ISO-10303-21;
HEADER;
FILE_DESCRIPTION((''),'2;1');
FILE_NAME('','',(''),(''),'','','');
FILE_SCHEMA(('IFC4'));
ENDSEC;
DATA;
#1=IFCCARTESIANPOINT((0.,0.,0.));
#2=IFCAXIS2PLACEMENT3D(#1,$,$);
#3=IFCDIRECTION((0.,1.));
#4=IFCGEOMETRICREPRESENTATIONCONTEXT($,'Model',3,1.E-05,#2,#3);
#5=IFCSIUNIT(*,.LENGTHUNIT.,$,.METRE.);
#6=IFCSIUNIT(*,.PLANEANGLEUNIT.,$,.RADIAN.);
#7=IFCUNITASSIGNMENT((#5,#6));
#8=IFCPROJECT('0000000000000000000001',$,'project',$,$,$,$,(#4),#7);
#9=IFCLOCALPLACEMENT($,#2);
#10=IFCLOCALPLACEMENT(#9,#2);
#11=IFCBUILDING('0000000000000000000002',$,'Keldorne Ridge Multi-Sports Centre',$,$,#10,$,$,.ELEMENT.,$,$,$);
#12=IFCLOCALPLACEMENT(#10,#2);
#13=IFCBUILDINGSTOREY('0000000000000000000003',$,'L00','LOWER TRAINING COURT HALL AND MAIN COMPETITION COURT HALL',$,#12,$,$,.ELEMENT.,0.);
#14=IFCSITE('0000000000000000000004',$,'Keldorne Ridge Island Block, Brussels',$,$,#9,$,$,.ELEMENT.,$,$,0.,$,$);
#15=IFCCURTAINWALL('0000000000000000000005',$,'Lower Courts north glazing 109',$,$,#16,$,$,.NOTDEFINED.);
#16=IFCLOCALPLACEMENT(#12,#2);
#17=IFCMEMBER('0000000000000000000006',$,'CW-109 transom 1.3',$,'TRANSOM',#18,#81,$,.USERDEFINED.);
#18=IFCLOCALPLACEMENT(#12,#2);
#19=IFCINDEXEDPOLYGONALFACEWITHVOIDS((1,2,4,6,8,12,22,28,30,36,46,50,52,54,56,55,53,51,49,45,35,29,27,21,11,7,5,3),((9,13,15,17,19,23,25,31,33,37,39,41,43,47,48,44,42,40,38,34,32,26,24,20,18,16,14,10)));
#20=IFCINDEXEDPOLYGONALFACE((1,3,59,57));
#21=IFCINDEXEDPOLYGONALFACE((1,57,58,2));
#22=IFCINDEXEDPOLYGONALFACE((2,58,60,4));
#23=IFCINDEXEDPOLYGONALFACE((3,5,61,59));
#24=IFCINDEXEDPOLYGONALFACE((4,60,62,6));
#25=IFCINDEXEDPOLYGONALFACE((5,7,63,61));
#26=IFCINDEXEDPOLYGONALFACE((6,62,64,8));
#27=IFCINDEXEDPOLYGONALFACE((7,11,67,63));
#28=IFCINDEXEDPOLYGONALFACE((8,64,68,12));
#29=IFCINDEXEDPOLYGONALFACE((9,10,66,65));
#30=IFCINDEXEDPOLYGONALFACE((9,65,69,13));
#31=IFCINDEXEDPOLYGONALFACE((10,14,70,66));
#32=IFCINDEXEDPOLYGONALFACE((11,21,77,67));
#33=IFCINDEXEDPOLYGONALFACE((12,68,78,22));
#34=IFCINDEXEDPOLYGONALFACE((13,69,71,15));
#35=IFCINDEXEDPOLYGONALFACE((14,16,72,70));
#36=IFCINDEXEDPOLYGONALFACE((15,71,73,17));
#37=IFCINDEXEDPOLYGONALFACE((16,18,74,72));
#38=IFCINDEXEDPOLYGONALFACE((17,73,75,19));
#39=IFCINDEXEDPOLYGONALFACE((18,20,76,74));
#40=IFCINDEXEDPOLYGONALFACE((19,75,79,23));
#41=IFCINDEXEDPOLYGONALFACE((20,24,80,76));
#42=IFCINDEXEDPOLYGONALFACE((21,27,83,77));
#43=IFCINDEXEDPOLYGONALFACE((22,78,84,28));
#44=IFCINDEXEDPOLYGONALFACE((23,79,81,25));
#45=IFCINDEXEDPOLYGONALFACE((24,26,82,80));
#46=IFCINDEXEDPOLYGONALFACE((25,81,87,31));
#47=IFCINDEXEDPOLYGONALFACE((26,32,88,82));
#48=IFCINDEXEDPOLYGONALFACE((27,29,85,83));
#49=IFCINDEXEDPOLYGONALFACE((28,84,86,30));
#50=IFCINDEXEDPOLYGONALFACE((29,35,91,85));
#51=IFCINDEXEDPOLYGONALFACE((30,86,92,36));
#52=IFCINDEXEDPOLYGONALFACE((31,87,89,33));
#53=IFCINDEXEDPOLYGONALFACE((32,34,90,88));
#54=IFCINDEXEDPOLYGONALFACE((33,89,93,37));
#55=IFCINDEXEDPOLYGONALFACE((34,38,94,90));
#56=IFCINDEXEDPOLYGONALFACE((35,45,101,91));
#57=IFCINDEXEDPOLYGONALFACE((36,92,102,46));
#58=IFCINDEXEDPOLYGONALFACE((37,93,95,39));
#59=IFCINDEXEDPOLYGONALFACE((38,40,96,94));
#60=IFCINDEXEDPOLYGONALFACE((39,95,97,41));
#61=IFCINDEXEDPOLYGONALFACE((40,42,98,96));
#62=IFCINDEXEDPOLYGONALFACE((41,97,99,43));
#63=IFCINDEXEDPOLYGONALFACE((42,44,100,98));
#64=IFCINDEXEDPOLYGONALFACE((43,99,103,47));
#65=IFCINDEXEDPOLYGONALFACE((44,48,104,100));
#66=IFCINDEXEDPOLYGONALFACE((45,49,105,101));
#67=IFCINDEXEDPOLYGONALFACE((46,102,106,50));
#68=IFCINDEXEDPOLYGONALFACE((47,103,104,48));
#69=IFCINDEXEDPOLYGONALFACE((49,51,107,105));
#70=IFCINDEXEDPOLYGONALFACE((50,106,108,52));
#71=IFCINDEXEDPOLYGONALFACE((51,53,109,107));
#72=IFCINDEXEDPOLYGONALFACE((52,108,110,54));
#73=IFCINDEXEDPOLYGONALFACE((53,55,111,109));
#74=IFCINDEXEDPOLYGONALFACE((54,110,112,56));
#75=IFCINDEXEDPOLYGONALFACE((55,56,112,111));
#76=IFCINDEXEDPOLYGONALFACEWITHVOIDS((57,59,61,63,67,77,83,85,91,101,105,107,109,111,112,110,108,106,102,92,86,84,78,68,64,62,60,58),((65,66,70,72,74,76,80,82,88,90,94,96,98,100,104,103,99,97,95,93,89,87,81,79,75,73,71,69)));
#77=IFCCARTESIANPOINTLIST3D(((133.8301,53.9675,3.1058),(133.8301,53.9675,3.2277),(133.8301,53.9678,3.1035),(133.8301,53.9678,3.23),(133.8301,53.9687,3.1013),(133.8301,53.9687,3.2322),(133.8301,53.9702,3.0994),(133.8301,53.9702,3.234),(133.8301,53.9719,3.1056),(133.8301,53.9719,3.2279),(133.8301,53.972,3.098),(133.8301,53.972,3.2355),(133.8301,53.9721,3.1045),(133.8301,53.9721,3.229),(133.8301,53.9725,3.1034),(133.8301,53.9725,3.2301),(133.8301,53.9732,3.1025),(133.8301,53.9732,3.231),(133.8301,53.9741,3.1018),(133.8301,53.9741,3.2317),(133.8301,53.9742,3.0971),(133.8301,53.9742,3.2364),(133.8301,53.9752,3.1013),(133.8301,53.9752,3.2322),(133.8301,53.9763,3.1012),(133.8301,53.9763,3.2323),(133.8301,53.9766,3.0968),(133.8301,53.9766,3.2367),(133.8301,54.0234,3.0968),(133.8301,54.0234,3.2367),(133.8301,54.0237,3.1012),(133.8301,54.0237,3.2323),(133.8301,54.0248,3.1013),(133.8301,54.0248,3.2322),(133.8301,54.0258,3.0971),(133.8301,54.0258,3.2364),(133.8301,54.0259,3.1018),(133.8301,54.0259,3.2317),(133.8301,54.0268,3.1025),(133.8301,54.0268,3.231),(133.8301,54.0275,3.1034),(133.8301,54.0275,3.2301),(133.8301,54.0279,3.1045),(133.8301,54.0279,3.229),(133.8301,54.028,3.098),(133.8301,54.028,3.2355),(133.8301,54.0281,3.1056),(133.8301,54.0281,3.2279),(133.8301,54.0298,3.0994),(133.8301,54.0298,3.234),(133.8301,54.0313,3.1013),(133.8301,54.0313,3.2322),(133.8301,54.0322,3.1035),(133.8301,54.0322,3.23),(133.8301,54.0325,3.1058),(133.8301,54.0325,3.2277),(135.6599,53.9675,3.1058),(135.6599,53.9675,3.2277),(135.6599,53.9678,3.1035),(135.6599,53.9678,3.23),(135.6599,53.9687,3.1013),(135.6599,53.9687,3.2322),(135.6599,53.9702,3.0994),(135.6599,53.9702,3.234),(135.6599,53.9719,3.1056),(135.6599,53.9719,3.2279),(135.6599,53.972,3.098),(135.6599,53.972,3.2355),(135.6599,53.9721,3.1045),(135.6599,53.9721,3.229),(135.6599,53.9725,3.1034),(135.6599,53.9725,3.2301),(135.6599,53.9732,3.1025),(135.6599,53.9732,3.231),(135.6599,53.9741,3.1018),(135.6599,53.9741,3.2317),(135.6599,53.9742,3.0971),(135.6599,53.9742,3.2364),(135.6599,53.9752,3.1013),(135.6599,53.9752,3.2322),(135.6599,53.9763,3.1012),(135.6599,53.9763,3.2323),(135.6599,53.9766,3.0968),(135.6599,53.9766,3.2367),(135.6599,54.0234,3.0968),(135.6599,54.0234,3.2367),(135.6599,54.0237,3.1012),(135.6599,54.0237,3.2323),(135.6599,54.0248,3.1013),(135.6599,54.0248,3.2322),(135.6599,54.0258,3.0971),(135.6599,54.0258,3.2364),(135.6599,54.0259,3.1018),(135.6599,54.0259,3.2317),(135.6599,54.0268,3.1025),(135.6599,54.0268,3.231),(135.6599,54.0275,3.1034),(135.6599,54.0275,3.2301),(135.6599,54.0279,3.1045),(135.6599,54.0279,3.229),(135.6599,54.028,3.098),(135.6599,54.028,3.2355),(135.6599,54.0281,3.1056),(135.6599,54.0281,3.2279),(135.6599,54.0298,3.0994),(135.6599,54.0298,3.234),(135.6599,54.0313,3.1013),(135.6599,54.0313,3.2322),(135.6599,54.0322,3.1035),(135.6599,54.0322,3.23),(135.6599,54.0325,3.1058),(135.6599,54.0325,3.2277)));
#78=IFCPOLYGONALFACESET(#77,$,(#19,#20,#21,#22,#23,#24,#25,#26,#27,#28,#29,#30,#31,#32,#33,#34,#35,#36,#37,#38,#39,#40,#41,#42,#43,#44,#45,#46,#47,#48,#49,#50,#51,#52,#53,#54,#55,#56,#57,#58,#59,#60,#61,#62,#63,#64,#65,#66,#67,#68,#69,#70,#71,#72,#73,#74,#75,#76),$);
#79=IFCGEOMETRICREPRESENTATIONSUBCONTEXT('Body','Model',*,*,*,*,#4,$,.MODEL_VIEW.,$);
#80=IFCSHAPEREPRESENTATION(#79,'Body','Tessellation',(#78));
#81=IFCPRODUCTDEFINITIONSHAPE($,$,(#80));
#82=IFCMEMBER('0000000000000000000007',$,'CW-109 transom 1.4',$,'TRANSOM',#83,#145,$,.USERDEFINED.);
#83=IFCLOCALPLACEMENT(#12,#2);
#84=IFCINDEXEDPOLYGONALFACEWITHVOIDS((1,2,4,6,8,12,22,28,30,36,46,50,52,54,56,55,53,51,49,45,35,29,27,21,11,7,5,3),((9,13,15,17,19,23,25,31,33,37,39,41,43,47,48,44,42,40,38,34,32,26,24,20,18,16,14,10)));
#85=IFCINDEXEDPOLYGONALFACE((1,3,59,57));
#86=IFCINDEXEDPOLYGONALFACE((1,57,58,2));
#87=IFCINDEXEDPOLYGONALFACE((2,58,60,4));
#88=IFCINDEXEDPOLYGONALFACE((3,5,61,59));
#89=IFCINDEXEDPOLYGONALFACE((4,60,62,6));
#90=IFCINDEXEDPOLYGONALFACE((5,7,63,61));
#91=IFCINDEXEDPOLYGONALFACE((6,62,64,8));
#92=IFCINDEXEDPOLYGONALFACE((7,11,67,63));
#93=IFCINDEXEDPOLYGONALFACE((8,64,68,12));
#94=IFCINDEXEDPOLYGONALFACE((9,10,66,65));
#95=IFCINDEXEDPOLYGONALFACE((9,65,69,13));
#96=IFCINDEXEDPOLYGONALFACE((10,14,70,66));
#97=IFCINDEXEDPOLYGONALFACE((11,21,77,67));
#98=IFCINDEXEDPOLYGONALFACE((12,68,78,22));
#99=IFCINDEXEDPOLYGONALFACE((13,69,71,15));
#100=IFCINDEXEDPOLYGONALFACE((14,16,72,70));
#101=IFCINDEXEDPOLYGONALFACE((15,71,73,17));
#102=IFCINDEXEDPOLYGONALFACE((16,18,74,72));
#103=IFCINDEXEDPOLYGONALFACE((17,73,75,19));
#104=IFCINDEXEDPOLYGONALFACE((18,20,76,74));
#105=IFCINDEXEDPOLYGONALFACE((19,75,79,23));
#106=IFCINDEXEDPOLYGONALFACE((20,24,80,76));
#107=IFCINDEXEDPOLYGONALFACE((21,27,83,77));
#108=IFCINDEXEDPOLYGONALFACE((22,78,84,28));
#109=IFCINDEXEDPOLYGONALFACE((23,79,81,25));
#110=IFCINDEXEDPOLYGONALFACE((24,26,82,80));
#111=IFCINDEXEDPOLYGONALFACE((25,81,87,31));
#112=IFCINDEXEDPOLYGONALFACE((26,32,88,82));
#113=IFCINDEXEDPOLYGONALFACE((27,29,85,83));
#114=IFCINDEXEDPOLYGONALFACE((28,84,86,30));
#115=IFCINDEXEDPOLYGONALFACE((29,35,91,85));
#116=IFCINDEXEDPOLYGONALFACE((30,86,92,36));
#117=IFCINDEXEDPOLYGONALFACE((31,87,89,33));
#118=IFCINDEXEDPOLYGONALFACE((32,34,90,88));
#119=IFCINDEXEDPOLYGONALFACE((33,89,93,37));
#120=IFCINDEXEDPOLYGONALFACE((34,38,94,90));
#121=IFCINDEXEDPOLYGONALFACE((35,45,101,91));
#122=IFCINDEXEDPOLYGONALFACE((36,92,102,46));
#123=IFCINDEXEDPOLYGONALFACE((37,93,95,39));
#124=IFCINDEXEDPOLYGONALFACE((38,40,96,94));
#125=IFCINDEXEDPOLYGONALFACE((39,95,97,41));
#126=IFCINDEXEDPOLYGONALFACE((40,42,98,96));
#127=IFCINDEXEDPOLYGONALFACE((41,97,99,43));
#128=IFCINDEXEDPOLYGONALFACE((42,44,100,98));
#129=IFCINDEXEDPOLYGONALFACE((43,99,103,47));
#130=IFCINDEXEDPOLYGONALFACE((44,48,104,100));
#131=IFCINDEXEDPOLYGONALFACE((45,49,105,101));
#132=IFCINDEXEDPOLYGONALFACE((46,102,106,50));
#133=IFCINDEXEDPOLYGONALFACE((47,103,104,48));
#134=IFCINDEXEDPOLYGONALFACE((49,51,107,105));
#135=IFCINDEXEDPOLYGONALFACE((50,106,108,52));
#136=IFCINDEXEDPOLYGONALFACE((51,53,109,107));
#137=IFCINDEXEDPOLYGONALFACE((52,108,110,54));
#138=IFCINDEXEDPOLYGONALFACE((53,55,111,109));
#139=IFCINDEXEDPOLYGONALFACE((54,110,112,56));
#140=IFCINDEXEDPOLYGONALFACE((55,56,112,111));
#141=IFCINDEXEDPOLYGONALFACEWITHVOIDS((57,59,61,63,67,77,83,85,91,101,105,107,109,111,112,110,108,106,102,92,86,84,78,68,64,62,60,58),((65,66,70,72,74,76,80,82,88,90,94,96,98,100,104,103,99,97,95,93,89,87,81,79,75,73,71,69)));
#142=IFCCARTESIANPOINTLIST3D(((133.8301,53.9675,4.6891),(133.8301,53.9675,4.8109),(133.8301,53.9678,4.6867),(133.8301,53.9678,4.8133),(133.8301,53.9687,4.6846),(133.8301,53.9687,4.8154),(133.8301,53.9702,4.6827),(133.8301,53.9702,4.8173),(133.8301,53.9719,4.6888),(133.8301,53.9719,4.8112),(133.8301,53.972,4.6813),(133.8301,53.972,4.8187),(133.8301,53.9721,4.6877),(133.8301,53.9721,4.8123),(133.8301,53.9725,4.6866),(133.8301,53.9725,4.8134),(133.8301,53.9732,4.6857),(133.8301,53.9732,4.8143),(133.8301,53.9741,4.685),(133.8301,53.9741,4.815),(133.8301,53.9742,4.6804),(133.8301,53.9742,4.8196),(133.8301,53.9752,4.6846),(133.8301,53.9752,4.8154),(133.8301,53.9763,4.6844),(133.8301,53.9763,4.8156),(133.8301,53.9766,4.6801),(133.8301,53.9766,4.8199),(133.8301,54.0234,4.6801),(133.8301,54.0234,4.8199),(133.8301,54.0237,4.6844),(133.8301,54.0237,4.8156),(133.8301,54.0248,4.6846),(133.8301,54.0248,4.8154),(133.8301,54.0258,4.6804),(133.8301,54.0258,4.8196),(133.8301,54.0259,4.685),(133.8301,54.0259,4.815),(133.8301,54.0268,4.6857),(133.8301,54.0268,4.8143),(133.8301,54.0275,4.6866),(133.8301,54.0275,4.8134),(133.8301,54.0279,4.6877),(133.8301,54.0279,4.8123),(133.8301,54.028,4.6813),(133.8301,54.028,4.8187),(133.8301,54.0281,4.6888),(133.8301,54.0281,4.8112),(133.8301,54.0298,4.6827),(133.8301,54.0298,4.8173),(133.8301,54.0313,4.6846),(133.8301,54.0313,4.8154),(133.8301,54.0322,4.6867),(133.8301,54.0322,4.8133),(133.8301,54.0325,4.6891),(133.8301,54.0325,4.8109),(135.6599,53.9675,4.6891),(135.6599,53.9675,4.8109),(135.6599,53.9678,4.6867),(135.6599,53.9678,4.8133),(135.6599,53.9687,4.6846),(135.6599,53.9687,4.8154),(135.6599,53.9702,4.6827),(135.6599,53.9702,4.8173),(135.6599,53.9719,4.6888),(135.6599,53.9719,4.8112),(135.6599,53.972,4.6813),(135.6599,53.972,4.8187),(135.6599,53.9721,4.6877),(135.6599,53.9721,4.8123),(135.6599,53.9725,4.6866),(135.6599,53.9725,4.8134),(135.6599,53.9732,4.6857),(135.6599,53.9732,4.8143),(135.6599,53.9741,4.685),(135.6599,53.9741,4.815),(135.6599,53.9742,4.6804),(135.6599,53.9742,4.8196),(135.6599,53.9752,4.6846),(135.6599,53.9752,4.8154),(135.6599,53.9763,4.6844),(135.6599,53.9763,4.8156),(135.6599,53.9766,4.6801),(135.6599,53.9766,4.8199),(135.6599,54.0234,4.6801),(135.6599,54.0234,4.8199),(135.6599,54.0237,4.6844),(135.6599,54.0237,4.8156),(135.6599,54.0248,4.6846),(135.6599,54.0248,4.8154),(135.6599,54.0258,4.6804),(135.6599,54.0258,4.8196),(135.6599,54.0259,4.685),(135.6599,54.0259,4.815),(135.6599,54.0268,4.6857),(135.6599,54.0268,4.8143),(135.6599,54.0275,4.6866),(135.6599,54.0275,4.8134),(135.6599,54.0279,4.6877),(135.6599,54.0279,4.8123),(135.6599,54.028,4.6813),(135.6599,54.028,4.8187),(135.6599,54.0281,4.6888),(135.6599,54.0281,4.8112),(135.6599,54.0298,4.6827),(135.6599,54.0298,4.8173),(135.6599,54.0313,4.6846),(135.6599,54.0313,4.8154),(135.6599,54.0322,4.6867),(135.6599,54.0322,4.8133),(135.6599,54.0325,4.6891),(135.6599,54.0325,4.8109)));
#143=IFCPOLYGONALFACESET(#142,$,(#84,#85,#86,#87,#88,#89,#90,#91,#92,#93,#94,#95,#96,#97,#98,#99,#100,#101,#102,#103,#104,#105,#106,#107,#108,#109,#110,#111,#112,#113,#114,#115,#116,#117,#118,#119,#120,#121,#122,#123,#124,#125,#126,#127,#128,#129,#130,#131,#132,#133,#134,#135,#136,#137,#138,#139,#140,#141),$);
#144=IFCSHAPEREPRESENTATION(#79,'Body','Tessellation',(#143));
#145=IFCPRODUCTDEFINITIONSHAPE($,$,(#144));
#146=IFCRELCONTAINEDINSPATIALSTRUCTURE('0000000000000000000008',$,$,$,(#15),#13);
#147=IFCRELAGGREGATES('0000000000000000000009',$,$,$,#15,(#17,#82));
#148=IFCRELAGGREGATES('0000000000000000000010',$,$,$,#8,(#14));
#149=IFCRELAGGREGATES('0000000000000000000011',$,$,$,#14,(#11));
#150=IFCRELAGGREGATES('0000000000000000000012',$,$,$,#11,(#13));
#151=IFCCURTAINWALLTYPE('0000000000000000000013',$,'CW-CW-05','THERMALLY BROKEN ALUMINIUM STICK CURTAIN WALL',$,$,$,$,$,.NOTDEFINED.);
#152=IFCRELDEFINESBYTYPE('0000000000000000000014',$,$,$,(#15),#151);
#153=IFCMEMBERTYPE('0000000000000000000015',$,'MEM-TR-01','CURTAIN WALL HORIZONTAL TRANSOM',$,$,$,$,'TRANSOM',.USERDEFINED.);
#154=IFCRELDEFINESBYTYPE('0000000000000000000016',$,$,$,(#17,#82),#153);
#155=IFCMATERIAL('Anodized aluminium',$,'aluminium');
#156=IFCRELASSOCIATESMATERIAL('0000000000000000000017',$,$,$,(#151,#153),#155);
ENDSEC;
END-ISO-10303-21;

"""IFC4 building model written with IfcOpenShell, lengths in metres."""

from ifc_helpers import new_model, si_unit, direction, frame, origin, origin_2d, place, context, subcontext, project, spatial, hollow_rectangle, extrude, material, material_profile, profile_set, type_object, element, aggregate, save


model = new_model("IFC4")

# Units and contexts
model_context = context("Model", 3, precision=1e-05, world=origin(), true_north=direction((0.0, 1.0)))
body_context = subcontext(model_context, "Body", "Model", "MODEL_VIEW")
ifc_project = project(units=[si_unit("LENGTHUNIT", "METRE"), si_unit("PLANEANGLEUNIT", "RADIAN")], contexts=[model_context])

# Site, building, storey
site_placement = place(None, origin())
site = spatial("IfcSite", under=ifc_project, at=site_placement, Name="Keldorne Ridge Island Block, Brussels", CompositionType="ELEMENT", RefElevation=0.0)
building_placement = place(site_placement, origin())
building = spatial("IfcBuilding", under=site, at=building_placement, Name="Keldorne Ridge Multi-Sports Centre", CompositionType="ELEMENT")
storey_placement = place(building_placement, origin())
storey = spatial("IfcBuildingStorey", under=building, at=storey_placement, Name="L00", Description="LOWER TRAINING COURT HALL AND MAIN COMPETITION COURT HALL", CompositionType="ELEMENT", Elevation=0.0)

# Curtain wall
ifc_material_1 = material(Name="Anodized aluminium", Category="aluminium")
curtain_wall_type_1 = type_object("IfcCurtainWallType", Name="CW-CW-05", Description="THERMALLY BROKEN ALUMINIUM STICK CURTAIN WALL", PredefinedType="NOTDEFINED", material=ifc_material_1)
curtain_wall_1_placement = place(storey_placement, origin())
curtain_wall_1 = element("IfcCurtainWall", 1, at=curtain_wall_1_placement, inside=storey, type_object=curtain_wall_type_1, Name="Lower Courts north glazing 109", PredefinedType="NOTDEFINED")

# Members
ifc_material_profile_1 = material_profile(ifc_material_1, hollow_rectangle(XDim=0.0649, YDim=0.1399, WallThickness=0.0044, InnerFilletRadius=0.0044, OuterFilletRadius=0.009, at=origin_2d()), Name="ALU TRANSOM 140x65x4.5")
ifc_profile_set_1 = profile_set([ifc_material_profile_1], Name="Anodized aluminium")
member_type_1 = type_object("IfcMemberType", Name="MEM-TR-01", Description="CURTAIN WALL HORIZONTAL TRANSOM", ElementType="TRANSOM", PredefinedType="USERDEFINED", material=ifc_profile_set_1)
member_1_placement = place(storey_placement, frame((135.6599, 54.0, 3.1667), z_axis=(-1.0, 0.0, 0.0), x_axis=(0.0, -1.0, 0.0)))
member_1 = element("IfcMember", 2, at=member_1_placement, type_object=member_type_1, Name="CW-109 transom 1.3", ObjectType="TRANSOM", PredefinedType="USERDEFINED", context=body_context, shape_type="SweptSolid", body=[
    extrude(hollow_rectangle(XDim=0.0649, YDim=0.1399, WallThickness=0.0044, InnerFilletRadius=0.0044, OuterFilletRadius=0.009, at=origin_2d()), origin(), (0.0, 0.0, 1.0), 1.8298),
])
member_2_placement = place(storey_placement, frame((135.6599, 54.0, 4.75), z_axis=(-1.0, 0.0, 0.0), x_axis=(0.0, -1.0, 0.0)))
member_2 = element("IfcMember", 3, at=member_2_placement, type_object=member_type_1, Name="CW-109 transom 1.4", ObjectType="TRANSOM", PredefinedType="USERDEFINED", context=body_context, shape_type="SweptSolid", body=[
    extrude(hollow_rectangle(XDim=0.0649, YDim=0.1399, WallThickness=0.0044, InnerFilletRadius=0.0044, OuterFilletRadius=0.009, at=origin_2d()), origin(), (0.0, 0.0, 1.0), 1.8298),
])

aggregate(curtain_wall_1, [member_1, member_2])

save(model, "model.ifc")
